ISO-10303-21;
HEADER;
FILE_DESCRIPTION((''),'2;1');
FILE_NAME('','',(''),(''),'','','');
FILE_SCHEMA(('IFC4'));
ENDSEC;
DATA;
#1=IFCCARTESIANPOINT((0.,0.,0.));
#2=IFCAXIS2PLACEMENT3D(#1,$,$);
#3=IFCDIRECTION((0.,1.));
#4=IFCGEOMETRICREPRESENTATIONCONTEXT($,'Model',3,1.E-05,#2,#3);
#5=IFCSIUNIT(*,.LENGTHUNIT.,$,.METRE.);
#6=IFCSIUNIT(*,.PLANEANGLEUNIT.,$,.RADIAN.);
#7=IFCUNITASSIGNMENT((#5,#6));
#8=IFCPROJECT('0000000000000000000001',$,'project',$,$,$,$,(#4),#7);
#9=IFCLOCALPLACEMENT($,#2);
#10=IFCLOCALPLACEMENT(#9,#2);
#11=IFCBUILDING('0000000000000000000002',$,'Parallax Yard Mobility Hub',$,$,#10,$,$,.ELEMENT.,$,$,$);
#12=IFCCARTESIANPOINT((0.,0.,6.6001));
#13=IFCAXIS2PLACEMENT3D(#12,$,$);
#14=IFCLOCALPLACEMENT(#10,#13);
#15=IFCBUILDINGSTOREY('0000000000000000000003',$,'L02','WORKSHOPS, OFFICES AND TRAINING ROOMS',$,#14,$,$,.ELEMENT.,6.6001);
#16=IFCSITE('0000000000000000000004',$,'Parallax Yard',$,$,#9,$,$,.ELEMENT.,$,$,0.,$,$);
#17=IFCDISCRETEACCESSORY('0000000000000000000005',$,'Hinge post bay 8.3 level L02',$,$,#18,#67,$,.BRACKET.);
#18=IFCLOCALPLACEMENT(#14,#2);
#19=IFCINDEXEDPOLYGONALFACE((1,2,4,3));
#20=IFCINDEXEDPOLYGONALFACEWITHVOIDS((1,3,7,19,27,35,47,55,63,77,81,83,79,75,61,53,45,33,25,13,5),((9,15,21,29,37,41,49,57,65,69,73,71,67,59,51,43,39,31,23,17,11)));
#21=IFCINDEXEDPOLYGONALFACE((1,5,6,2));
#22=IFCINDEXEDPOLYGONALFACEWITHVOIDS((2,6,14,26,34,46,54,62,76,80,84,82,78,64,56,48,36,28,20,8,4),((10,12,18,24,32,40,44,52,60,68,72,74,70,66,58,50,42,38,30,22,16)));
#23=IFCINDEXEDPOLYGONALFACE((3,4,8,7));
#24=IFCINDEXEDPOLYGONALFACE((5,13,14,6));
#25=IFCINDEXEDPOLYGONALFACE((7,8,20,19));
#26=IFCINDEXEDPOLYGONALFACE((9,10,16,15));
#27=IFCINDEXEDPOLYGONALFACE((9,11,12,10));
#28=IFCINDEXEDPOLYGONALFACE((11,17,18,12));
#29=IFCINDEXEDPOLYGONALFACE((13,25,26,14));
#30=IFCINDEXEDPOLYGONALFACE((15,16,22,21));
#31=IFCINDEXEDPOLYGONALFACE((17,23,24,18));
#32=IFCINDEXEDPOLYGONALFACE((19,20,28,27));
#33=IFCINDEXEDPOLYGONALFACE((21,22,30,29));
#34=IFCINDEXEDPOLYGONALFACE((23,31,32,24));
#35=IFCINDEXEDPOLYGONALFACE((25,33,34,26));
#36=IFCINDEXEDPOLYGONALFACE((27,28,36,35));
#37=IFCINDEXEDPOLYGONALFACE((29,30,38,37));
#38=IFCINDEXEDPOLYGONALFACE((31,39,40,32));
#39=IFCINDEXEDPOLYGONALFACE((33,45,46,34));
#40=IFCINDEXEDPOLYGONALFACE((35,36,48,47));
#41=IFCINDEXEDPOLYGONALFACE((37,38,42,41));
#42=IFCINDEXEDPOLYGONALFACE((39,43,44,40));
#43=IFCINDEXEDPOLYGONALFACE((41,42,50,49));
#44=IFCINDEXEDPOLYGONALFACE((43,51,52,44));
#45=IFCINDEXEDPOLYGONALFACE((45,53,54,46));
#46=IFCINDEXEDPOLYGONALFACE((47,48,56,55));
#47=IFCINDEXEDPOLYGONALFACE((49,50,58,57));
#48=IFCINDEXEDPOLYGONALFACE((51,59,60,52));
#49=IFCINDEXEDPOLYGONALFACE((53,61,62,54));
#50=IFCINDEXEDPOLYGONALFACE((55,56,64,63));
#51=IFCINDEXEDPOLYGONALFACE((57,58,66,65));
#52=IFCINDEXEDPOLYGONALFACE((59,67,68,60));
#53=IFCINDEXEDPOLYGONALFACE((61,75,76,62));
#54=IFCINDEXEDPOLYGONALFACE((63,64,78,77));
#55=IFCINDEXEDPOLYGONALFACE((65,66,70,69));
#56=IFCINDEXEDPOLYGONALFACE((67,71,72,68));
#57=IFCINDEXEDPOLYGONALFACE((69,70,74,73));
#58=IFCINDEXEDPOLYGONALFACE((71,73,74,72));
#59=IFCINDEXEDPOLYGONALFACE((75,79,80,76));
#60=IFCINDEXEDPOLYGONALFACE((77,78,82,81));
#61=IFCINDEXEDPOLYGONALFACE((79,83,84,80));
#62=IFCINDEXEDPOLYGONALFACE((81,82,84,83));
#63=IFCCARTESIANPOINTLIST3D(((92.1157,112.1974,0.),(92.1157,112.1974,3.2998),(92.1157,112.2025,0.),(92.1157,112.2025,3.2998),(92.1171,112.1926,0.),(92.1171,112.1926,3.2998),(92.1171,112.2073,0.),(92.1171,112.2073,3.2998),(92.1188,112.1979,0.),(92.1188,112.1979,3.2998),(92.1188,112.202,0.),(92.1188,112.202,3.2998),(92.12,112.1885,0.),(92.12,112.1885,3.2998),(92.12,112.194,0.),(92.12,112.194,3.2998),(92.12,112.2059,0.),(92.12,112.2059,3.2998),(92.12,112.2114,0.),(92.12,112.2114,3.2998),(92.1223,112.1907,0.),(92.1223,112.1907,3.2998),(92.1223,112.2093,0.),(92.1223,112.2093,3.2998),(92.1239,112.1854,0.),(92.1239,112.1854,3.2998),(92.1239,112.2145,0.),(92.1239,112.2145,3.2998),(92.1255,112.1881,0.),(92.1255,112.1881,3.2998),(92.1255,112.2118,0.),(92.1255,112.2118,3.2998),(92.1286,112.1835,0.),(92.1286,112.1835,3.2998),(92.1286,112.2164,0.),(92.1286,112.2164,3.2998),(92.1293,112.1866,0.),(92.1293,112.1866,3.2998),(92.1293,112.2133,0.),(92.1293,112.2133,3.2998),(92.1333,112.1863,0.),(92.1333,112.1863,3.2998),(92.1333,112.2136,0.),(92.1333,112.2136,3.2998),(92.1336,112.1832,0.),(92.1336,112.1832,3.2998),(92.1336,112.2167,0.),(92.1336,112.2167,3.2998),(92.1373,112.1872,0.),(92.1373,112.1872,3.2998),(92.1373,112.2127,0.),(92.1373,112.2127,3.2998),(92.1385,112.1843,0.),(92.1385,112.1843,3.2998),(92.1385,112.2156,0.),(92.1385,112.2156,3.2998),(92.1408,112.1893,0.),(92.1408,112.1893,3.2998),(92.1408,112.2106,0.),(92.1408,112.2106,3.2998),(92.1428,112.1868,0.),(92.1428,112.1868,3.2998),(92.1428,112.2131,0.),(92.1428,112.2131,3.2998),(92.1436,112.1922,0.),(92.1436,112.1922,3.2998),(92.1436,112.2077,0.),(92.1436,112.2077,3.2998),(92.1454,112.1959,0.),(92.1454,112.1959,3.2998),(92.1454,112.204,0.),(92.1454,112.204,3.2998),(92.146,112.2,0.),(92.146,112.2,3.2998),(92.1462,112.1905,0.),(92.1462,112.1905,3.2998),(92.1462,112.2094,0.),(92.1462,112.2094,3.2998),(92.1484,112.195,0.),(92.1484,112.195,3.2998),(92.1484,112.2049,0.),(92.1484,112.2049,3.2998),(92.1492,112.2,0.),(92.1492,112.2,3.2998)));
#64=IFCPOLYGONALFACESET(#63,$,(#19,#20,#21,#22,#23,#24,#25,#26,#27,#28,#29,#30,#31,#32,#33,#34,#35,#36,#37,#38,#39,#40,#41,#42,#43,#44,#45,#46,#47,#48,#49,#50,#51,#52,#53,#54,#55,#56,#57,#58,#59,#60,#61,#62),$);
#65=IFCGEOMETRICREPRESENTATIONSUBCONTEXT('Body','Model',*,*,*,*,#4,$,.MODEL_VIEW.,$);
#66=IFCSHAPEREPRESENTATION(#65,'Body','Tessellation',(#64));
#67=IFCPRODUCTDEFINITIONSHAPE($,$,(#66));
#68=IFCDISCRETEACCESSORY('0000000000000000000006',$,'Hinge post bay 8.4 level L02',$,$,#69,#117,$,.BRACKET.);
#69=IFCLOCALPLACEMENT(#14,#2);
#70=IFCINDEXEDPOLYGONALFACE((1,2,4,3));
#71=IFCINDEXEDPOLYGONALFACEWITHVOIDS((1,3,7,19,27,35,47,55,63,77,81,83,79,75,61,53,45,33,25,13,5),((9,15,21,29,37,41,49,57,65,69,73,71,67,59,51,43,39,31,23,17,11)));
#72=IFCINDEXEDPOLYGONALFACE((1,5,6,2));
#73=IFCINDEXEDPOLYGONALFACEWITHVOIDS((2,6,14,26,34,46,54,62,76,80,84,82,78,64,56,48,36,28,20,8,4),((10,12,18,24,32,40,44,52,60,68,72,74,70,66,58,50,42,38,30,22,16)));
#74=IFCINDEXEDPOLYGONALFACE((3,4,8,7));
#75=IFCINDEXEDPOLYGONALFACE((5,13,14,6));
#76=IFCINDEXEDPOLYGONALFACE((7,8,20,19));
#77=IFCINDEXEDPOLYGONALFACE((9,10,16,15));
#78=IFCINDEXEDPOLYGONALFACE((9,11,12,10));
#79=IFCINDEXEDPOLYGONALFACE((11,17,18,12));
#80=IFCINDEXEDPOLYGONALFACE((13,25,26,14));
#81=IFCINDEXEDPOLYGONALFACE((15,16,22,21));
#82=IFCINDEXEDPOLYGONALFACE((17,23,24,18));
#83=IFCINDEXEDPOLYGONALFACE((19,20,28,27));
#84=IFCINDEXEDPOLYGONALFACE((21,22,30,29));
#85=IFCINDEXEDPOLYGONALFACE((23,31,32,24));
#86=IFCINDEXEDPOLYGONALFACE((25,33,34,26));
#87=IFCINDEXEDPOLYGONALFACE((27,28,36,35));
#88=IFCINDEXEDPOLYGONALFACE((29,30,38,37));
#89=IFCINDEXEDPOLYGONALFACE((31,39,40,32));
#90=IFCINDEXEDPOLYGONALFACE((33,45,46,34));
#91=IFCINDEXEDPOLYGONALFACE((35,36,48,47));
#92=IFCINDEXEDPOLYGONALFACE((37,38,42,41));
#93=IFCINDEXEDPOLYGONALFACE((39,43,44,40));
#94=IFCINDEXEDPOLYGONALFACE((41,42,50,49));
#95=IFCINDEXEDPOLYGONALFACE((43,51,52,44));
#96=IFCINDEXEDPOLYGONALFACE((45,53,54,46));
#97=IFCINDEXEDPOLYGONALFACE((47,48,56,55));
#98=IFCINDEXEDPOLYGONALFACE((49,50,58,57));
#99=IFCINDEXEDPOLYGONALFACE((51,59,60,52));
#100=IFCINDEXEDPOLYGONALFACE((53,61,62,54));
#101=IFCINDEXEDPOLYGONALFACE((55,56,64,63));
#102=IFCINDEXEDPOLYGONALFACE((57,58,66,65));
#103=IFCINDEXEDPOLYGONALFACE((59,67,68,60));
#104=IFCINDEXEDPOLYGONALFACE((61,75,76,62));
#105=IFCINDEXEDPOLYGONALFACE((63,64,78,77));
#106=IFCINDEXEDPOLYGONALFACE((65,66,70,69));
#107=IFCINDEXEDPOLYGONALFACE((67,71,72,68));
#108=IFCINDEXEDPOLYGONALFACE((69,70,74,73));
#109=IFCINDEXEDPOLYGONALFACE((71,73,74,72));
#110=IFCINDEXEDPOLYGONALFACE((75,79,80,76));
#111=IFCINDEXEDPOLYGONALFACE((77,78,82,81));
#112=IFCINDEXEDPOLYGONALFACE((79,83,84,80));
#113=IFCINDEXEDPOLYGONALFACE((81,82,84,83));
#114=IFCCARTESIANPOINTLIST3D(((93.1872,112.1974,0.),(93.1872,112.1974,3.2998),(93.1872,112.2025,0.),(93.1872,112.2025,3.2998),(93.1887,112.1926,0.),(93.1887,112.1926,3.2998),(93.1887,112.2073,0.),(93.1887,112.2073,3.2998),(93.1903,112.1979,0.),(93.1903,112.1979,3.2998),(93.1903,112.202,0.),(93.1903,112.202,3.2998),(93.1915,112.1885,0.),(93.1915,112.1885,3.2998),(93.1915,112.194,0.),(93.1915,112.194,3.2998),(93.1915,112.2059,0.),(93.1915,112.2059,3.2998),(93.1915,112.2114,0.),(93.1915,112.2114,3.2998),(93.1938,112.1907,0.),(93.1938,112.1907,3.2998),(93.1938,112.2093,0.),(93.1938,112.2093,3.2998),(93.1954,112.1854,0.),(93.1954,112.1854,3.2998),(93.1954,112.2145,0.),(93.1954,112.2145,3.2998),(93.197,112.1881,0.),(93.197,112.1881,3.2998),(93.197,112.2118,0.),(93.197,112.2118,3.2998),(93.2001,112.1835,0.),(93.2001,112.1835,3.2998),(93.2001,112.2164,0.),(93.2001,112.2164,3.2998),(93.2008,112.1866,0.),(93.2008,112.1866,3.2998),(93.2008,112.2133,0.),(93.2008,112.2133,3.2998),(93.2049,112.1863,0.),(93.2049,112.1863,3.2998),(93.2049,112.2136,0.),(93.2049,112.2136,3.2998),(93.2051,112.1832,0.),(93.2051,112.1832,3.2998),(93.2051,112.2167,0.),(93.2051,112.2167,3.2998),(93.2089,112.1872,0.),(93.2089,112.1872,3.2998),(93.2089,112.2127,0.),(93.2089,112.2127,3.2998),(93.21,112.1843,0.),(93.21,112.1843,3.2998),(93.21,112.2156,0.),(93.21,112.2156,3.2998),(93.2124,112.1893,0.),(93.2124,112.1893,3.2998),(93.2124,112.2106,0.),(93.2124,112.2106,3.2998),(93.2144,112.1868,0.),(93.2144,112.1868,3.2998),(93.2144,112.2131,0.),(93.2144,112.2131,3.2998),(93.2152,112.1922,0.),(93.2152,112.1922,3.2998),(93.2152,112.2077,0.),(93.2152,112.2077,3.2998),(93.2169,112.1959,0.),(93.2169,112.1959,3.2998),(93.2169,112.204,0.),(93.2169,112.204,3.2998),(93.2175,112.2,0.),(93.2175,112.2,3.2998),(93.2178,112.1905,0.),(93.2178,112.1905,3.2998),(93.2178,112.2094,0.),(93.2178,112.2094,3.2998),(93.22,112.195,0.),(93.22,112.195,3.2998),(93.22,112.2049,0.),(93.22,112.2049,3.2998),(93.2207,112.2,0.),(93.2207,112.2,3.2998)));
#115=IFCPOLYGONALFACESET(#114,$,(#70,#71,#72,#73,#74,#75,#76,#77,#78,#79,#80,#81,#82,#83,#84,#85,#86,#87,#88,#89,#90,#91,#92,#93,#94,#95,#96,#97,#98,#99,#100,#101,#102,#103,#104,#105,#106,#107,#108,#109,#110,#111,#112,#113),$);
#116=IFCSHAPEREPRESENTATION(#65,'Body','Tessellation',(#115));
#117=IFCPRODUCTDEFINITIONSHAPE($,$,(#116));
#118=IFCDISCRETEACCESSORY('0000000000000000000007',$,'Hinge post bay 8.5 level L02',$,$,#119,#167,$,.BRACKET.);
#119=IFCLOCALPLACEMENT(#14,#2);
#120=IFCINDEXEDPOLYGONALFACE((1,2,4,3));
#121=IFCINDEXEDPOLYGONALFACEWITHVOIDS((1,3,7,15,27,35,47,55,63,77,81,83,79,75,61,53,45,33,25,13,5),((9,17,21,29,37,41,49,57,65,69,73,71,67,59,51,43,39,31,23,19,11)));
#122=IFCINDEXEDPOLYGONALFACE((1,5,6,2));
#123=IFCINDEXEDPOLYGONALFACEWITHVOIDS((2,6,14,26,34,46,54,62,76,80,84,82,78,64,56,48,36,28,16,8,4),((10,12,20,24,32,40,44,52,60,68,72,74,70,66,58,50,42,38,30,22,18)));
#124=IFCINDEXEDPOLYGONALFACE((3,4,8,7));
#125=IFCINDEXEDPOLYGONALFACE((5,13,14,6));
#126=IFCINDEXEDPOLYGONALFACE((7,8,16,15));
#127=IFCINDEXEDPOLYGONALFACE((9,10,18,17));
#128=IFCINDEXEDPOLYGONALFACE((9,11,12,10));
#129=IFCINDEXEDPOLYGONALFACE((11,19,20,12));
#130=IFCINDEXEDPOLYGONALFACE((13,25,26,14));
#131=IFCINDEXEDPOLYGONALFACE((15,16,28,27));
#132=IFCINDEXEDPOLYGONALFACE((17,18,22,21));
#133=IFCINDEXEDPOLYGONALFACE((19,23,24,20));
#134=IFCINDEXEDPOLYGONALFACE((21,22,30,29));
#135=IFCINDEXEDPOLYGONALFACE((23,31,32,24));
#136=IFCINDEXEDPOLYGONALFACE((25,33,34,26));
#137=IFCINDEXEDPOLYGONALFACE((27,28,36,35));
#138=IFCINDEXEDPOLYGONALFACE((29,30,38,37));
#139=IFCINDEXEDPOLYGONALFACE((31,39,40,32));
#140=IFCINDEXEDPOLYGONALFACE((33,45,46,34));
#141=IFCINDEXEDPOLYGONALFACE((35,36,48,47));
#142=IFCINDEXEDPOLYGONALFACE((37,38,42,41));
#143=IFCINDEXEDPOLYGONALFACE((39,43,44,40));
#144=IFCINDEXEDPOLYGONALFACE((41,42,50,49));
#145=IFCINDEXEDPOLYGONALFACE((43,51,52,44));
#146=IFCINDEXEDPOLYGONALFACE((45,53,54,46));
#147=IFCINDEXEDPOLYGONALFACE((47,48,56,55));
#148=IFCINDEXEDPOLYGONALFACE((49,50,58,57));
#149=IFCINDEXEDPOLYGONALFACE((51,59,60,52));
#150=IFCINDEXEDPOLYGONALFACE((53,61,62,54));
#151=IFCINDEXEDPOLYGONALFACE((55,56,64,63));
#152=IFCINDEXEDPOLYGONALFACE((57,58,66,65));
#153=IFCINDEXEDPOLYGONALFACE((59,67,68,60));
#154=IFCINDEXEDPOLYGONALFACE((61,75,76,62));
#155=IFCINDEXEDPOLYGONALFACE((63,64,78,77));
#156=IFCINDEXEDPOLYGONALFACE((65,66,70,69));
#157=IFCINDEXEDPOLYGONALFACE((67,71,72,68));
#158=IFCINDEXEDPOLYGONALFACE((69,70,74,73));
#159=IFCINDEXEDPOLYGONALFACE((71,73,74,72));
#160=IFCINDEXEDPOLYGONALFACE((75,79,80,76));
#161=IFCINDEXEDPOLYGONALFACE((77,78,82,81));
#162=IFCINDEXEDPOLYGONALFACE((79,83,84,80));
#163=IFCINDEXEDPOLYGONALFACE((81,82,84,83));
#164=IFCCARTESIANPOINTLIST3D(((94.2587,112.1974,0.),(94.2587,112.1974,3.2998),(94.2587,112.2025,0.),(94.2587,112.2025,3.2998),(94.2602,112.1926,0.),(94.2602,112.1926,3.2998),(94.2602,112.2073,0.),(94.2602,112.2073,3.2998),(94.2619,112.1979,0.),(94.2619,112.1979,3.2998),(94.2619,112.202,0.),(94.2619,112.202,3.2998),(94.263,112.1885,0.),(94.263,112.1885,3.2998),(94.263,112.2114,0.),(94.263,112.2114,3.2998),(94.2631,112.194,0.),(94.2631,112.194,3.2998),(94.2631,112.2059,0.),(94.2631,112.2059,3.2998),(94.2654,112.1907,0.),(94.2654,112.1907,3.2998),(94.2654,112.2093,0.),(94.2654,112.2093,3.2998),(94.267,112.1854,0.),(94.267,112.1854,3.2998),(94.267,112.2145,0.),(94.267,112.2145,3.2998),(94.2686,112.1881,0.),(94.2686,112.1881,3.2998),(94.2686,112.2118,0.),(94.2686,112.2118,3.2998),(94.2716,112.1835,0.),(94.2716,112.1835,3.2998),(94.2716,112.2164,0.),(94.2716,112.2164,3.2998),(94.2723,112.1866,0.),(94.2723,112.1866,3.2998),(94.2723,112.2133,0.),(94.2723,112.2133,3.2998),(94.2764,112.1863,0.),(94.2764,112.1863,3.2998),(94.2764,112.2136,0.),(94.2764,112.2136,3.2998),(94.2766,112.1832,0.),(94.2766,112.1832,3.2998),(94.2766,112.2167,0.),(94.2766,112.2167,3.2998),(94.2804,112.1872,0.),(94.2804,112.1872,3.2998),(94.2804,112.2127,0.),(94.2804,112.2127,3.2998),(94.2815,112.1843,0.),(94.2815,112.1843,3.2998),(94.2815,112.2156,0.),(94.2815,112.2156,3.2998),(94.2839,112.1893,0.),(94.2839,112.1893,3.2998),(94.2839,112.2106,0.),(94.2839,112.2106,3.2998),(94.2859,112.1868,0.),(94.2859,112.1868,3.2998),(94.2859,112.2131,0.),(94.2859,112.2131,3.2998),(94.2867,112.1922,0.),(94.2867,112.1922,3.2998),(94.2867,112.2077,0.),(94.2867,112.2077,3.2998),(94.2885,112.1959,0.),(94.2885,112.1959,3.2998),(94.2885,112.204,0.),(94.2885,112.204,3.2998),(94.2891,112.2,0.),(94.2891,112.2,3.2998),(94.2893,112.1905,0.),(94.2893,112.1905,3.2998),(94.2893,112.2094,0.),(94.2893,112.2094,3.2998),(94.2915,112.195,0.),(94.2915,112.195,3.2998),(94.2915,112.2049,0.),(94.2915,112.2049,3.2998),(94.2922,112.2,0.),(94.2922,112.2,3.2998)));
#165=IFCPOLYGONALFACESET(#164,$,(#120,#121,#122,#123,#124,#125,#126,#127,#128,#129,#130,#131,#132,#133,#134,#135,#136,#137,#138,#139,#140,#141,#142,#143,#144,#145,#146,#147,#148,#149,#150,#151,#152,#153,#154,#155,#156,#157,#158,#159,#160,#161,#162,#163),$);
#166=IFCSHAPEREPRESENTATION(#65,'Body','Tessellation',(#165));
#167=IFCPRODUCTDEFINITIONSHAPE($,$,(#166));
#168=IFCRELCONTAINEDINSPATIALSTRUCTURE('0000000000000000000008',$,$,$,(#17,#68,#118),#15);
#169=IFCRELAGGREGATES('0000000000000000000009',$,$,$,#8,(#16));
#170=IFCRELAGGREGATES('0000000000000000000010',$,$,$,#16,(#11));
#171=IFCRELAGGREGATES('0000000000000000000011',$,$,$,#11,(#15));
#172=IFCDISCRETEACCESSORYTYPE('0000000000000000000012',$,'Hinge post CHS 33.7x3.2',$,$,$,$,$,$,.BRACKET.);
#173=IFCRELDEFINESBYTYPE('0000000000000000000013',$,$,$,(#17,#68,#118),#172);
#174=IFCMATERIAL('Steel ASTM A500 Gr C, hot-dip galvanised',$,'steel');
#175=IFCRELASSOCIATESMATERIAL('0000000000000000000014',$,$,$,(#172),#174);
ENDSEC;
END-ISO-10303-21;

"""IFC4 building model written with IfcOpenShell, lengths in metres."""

from ifc_helpers import new_model, si_unit, direction, frame, origin, origin_2d, place, context, subcontext, project, spatial, hollow_circle, extrude, material, material_profile, profile_set, type_object, element, save


model = new_model("IFC4")

# Units and contexts
model_context = context("Model", 3, precision=1e-05, world=origin(), true_north=direction((0.0, 1.0)))
body_context = subcontext(model_context, "Body", "Model", "MODEL_VIEW")
ifc_project = project(units=[si_unit("LENGTHUNIT", "METRE"), si_unit("PLANEANGLEUNIT", "RADIAN")], contexts=[model_context])

# Site, building, storey
site_placement = place(None, origin())
site = spatial("IfcSite", under=ifc_project, at=site_placement, Name="Parallax Yard", CompositionType="ELEMENT", RefElevation=0.0)
building_placement = place(site_placement, origin())
building = spatial("IfcBuilding", under=site, at=building_placement, Name="Parallax Yard Mobility Hub", CompositionType="ELEMENT")
storey_placement = place(building_placement, frame((0.0, 0.0, 6.6001)))
storey = spatial("IfcBuildingStorey", under=building, at=storey_placement, Name="L02", Description="WORKSHOPS, OFFICES AND TRAINING ROOMS", CompositionType="ELEMENT", Elevation=6.6001)

# Discrete accessories
ifc_material_1 = material(Name="Steel ASTM A500 Gr C, hot-dip galvanised", Category="steel")
ifc_material_profile = material_profile(ifc_material_1, hollow_circle(Radius=0.0168, WallThickness=0.0032, at=origin_2d()), Name="CHS 33.7x3.2")
ifc_profile_set = profile_set([ifc_material_profile], Name="Steel ASTM A500 Gr C, hot-dip galvanised")
discrete_accessory_type = type_object("IfcDiscreteAccessoryType", Name="Hinge post CHS 33.7x3.2", PredefinedType="BRACKET", material=ifc_profile_set)
for number, where, z_axis, x_axis, name in (
    (1, (92.1323, 112.2, 0.0), (0.0, 0.0, 1.0), (1.0, 0.0, 0.0), "Hinge post bay 8.3 level L02"),
    (2, (93.2039, 112.2, 0.0), (0.0, 0.0, 1.0), (1.0, 0.0, 0.0), "Hinge post bay 8.4 level L02"),
    (3, (94.2754, 112.2, 0.0), (0.0, 0.0, 1.0), (1.0, 0.0, 0.0), "Hinge post bay 8.5 level L02"),
):
    element("IfcDiscreteAccessory", number, at=place(storey_placement, frame(where, z_axis=z_axis, x_axis=x_axis)), inside=storey, type_object=discrete_accessory_type, Name=name, PredefinedType="BRACKET", context=body_context, shape_type="SweptSolid", body=[
        extrude(hollow_circle(Radius=0.0168, WallThickness=0.0032, at=origin_2d()), origin(), (0.0, 0.0, 1.0), 3.2998),
    ])

save(model, "model.ifc")
